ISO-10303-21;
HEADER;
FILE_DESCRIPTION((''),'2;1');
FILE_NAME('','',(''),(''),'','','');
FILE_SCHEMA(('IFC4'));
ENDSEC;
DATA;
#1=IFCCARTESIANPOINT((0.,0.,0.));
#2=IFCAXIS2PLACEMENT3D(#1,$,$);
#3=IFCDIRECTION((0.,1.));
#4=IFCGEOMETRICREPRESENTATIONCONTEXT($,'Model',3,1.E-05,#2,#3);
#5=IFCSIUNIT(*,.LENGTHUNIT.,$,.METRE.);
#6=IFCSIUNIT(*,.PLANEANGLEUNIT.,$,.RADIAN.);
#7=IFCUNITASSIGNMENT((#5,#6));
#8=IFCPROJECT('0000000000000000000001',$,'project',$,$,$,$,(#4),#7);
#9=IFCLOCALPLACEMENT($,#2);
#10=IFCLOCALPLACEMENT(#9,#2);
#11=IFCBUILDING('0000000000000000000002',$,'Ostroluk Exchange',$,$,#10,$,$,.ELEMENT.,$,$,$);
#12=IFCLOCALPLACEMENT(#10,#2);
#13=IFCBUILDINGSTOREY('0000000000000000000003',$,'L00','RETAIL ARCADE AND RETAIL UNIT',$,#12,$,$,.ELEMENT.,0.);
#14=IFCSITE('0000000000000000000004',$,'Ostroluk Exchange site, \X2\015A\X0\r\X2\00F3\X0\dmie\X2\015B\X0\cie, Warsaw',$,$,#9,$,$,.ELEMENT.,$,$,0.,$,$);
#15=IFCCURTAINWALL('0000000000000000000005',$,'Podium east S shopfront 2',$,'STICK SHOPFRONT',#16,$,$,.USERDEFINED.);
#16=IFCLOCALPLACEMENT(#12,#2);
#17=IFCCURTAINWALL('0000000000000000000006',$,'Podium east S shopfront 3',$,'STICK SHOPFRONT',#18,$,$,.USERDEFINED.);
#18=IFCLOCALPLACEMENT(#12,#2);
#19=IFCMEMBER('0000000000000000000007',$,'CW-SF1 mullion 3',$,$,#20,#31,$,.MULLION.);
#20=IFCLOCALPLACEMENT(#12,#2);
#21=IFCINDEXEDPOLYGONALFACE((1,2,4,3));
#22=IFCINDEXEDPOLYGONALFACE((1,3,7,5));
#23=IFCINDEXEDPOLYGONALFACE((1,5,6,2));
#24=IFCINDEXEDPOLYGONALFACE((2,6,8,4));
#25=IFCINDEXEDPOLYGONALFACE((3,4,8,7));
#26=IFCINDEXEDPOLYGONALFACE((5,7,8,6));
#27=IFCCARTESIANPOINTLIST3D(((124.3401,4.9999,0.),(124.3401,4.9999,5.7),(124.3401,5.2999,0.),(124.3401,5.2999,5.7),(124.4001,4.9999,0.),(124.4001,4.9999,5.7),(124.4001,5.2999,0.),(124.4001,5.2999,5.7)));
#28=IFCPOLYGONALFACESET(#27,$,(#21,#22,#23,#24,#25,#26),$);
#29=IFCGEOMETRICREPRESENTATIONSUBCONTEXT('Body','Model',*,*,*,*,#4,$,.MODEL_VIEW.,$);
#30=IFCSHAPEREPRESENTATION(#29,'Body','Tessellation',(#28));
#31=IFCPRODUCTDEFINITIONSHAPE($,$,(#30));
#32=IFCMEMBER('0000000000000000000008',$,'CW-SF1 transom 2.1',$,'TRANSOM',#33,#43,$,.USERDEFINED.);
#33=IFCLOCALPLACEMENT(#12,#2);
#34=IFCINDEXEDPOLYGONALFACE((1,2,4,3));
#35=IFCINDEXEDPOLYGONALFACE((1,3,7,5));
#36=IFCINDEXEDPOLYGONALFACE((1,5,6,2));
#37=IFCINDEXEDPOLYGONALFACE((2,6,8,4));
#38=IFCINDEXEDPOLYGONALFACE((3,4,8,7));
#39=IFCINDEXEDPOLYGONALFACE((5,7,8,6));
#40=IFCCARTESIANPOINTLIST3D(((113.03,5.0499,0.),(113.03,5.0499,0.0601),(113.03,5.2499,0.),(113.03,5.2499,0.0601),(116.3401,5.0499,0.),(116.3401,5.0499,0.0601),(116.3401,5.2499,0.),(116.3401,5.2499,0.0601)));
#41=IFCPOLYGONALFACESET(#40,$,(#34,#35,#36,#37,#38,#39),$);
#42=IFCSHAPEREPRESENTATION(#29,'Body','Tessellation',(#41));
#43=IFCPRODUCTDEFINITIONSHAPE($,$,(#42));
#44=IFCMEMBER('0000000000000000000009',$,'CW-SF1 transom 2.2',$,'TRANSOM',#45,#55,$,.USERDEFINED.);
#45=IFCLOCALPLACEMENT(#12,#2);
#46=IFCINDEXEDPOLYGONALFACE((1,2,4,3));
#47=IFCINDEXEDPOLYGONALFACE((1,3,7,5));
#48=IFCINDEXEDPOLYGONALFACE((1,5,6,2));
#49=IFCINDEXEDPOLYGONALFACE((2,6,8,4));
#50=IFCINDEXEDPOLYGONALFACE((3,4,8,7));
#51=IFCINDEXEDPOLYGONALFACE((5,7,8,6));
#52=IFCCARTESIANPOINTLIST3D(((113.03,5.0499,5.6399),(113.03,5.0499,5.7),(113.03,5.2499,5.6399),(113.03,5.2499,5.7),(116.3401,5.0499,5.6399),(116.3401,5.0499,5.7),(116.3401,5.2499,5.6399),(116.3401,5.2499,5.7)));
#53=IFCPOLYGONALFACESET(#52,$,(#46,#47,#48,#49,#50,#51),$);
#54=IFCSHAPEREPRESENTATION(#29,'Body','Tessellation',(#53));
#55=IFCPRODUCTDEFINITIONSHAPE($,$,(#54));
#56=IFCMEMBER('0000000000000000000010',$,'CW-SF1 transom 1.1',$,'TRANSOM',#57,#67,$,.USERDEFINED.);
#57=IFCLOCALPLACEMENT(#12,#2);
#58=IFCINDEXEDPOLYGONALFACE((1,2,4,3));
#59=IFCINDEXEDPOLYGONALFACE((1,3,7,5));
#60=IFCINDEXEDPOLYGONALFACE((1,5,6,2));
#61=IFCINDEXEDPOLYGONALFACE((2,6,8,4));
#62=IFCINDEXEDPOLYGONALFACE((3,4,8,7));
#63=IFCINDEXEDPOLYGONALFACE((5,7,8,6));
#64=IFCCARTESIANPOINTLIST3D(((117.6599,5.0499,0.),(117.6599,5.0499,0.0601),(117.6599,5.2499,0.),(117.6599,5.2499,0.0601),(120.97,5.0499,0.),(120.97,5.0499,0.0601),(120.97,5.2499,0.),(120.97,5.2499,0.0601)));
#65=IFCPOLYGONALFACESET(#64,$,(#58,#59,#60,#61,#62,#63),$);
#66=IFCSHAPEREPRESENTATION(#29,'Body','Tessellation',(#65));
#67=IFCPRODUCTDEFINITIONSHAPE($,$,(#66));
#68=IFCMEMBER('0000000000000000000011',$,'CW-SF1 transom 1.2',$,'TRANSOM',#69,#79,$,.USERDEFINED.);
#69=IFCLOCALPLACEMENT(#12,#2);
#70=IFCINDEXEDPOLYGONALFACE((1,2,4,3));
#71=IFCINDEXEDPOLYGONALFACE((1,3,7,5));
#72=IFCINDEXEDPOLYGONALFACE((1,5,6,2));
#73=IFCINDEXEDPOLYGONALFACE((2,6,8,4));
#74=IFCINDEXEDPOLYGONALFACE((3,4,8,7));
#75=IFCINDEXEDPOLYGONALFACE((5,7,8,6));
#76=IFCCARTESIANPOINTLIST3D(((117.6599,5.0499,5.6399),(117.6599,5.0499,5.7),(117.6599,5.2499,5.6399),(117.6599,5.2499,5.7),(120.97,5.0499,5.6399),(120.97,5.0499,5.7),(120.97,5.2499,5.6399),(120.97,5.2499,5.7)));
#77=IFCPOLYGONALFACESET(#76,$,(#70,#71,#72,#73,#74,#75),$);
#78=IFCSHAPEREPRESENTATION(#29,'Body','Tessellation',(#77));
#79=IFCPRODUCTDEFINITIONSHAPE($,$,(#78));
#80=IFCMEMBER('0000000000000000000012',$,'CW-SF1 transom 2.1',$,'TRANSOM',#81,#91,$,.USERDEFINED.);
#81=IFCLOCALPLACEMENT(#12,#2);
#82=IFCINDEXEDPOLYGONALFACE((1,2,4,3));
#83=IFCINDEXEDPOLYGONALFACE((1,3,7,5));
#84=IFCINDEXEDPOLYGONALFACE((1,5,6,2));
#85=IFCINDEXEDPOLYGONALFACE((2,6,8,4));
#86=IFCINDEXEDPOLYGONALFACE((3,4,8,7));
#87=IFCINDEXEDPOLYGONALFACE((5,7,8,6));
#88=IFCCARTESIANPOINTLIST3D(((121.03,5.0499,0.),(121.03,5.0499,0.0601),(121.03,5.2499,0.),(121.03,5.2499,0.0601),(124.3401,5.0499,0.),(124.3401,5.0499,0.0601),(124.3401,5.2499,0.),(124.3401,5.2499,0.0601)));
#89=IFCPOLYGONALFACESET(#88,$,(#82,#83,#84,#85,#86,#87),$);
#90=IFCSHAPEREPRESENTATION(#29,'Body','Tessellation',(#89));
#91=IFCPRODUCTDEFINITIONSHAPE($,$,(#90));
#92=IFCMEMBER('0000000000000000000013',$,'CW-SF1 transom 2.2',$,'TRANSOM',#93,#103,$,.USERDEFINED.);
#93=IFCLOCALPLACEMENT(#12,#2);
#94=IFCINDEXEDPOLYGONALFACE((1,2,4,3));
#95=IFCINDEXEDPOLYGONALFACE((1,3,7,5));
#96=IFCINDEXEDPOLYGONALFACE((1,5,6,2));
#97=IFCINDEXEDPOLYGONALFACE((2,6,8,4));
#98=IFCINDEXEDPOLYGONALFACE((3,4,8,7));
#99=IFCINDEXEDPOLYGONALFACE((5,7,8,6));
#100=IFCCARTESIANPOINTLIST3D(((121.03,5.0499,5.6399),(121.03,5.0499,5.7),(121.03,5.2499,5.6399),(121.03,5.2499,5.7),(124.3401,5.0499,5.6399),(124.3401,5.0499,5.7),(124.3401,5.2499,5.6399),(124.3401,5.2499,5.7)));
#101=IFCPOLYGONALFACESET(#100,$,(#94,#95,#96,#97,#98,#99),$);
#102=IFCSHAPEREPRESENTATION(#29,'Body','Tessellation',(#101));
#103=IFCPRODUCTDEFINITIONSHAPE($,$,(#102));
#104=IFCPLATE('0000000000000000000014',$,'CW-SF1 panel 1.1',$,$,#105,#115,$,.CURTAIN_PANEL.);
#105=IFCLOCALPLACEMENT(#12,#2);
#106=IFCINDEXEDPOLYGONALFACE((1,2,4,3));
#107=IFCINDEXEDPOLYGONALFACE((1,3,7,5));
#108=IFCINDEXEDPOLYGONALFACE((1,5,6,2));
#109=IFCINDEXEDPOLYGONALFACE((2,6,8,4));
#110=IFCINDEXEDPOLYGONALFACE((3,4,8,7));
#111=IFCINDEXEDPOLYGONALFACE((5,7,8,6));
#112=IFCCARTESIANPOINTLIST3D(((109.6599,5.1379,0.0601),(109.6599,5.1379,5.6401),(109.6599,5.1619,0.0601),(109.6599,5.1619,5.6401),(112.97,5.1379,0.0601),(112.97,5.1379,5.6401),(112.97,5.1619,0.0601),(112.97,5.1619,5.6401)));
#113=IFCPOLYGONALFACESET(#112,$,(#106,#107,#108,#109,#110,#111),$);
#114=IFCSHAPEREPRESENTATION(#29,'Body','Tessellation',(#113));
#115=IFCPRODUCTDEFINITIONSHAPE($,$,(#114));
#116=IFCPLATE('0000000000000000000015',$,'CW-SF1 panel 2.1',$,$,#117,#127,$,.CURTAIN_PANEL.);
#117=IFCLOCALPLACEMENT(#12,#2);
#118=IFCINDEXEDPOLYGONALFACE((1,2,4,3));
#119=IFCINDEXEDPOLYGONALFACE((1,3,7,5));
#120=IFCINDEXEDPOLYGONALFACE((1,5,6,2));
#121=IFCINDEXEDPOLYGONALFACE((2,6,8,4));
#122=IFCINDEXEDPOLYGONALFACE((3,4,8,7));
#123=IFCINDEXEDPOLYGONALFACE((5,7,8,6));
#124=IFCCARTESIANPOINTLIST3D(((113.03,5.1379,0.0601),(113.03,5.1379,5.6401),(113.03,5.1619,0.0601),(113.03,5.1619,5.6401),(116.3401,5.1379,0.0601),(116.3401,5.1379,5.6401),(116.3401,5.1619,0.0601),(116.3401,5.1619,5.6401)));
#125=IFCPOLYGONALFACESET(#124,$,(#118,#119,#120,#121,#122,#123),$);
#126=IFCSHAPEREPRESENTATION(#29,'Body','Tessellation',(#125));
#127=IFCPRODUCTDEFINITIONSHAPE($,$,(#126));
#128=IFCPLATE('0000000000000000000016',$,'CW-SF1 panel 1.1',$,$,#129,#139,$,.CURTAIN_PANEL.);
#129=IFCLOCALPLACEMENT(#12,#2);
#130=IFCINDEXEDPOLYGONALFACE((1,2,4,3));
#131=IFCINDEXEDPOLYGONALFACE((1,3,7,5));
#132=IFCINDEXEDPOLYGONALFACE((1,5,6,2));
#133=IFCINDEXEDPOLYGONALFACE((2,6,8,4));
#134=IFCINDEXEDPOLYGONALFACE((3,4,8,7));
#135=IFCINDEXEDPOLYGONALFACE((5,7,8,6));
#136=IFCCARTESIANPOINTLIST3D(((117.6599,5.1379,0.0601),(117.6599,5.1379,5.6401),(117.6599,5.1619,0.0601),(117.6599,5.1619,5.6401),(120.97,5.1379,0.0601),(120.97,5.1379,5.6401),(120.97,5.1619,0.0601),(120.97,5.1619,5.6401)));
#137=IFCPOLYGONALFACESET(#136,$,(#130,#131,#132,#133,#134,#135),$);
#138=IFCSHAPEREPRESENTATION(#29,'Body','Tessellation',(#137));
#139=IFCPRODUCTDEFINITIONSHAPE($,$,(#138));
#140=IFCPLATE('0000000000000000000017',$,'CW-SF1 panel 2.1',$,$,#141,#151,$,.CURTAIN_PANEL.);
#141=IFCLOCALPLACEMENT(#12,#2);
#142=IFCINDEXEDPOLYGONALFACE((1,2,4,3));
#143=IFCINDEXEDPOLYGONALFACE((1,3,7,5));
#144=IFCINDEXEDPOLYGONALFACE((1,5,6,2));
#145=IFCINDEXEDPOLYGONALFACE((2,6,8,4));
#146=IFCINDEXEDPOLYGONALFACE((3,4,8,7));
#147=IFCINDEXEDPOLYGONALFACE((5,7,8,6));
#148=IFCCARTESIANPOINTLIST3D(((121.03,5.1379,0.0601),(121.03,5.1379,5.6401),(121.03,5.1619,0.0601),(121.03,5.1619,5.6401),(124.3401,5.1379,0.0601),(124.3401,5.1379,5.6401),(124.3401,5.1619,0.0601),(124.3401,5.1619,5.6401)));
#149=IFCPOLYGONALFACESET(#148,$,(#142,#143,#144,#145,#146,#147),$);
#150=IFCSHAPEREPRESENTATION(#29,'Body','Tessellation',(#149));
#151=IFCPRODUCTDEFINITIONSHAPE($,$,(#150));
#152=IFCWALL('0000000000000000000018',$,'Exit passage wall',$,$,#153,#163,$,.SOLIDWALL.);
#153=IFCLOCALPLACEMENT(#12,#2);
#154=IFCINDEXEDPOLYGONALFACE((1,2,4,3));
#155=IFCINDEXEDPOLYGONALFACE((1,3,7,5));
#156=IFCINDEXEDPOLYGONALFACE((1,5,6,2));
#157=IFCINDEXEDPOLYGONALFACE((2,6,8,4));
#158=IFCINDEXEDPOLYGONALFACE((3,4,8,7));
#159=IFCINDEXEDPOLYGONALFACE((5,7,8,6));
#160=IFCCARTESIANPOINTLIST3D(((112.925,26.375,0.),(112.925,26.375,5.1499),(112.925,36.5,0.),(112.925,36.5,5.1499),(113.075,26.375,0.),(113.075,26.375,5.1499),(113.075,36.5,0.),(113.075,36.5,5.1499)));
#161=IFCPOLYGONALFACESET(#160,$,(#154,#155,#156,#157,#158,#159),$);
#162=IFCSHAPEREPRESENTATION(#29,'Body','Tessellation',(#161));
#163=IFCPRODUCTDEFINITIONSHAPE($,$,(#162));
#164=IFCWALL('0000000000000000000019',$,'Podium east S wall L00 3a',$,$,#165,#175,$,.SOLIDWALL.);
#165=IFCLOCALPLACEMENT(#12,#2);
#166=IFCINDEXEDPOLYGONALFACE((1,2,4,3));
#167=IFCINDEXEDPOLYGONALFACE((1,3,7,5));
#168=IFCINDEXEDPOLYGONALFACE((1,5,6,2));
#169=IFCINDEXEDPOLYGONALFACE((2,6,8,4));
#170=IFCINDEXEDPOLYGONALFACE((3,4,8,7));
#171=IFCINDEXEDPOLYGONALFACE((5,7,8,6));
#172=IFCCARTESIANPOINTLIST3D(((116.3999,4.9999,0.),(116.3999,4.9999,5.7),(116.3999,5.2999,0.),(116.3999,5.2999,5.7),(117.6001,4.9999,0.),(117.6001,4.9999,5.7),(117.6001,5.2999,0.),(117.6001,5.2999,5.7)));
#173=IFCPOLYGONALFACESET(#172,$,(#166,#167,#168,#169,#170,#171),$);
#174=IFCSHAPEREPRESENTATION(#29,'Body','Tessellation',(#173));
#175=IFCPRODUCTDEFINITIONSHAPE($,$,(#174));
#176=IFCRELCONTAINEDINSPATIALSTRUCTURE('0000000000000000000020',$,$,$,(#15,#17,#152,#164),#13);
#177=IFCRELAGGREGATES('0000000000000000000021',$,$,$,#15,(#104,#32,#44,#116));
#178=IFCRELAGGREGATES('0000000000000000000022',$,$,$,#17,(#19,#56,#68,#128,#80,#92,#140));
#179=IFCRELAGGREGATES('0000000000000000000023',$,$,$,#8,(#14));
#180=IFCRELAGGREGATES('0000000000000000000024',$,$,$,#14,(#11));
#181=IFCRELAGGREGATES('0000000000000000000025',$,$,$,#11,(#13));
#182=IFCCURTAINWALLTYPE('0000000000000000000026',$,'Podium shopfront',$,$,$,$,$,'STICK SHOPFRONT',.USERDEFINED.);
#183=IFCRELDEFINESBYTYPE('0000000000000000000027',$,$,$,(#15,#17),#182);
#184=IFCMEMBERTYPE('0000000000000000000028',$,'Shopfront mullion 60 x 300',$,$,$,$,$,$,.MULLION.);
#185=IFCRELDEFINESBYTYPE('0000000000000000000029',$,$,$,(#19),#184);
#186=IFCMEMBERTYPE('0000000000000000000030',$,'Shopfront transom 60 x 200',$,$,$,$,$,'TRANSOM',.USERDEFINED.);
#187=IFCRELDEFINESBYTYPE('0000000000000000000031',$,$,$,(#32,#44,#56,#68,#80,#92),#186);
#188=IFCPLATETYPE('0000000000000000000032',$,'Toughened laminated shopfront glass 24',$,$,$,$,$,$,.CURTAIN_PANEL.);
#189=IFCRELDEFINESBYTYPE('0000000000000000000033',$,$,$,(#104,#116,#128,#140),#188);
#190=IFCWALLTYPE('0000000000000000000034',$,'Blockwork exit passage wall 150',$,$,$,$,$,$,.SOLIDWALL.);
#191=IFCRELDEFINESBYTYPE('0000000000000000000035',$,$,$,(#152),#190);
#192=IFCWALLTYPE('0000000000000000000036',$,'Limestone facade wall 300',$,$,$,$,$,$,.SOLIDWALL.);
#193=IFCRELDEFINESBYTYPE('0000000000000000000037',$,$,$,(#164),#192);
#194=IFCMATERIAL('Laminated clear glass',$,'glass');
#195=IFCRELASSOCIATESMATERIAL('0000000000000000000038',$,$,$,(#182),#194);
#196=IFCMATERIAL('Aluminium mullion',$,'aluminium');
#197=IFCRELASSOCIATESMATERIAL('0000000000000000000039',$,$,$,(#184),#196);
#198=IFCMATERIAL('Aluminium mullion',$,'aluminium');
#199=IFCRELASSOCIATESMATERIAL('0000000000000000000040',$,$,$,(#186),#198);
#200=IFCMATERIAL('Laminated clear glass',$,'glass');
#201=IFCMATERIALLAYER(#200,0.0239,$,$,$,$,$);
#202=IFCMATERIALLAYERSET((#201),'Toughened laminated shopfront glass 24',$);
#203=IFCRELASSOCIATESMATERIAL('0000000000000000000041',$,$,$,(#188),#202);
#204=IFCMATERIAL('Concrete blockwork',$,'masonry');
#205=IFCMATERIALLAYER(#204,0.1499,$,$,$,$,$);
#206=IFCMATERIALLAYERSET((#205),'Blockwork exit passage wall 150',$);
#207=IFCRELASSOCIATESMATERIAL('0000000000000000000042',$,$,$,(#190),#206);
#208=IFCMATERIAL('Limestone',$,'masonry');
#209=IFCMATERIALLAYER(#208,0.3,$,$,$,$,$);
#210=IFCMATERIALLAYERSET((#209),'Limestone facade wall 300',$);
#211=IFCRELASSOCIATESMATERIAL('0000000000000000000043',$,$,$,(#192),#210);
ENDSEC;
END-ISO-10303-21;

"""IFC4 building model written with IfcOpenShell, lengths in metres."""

from ifc_helpers import new_model, si_unit, direction, frame, frame_2d, origin, origin_2d, place, context, subcontext, project, spatial, rectangle, extrude, material, layer, layer_set, material_profile, profile_set, type_object, element, aggregate, save


model = new_model("IFC4")

# Units and contexts
model_context = context("Model", 3, precision=1e-05, world=origin(), true_north=direction((0.0, 1.0)))
body_context = subcontext(model_context, "Body", "Model", "MODEL_VIEW")
ifc_project = project(units=[si_unit("LENGTHUNIT", "METRE"), si_unit("PLANEANGLEUNIT", "RADIAN")], contexts=[model_context])

# Site, building, storey
site_placement = place(None, origin())
site = spatial("IfcSite", under=ifc_project, at=site_placement, Name="Ostroluk Exchange site, Śródmieście, Warsaw", CompositionType="ELEMENT", RefElevation=0.0)
building_placement = place(site_placement, origin())
building = spatial("IfcBuilding", under=site, at=building_placement, Name="Ostroluk Exchange", CompositionType="ELEMENT")
storey_placement = place(building_placement, origin())
storey = spatial("IfcBuildingStorey", under=building, at=storey_placement, Name="L00", Description="RETAIL ARCADE AND RETAIL UNIT", CompositionType="ELEMENT", Elevation=0.0)

# Curtain walls, member
ifc_material_1 = material(Name="Laminated clear glass", Category="glass")
curtain_wall_type = type_object("IfcCurtainWallType", Name="Podium shopfront", ElementType="STICK SHOPFRONT", PredefinedType="USERDEFINED", material=ifc_material_1)
curtain_wall_1_placement = place(storey_placement, origin())
curtain_wall_1 = element("IfcCurtainWall", 1, at=curtain_wall_1_placement, inside=storey, type_object=curtain_wall_type, Name="Podium east S shopfront 2", ObjectType="STICK SHOPFRONT", PredefinedType="USERDEFINED")
ifc_material_2 = material(Name="Aluminium mullion", Category="aluminium")
ifc_material_profile_1 = material_profile(ifc_material_2, rectangle(XDim=0.3, YDim=0.0601, at=origin_2d()), Name="Shopfront mullion 60 x 300")
ifc_profile_set_1 = profile_set([ifc_material_profile_1], Name="Aluminium mullion")
member_type_1 = type_object("IfcMemberType", Name="Shopfront mullion 60 x 300", PredefinedType="MULLION", material=ifc_profile_set_1)
curtain_wall_2_placement = place(storey_placement, origin())
curtain_wall_2 = element("IfcCurtainWall", 2, at=curtain_wall_2_placement, inside=storey, type_object=curtain_wall_type, Name="Podium east S shopfront 3", ObjectType="STICK SHOPFRONT", PredefinedType="USERDEFINED")
member_1_placement = place(storey_placement, frame((124.3701, 5.1499, 0.0), z_axis=(0.0, 0.0, 1.0), x_axis=(0.0, 1.0, 0.0)))
member_1 = element("IfcMember", 3, at=member_1_placement, type_object=member_type_1, Name="CW-SF1 mullion 3", PredefinedType="MULLION", context=body_context, shape_type="SweptSolid", body=[
    extrude(rectangle(XDim=0.3, YDim=0.0601, at=origin_2d()), origin(), (0.0, 0.0, 1.0), 5.7),
])

# Members
ifc_material_3 = material(Name="Aluminium mullion", Category="aluminium")
ifc_material_profile_2 = material_profile(ifc_material_3, rectangle(XDim=0.2, YDim=0.0601, at=origin_2d()), Name="Shopfront transom 60 x 200")
ifc_profile_set_2 = profile_set([ifc_material_profile_2], Name="Aluminium mullion")
member_type_2 = type_object("IfcMemberType", Name="Shopfront transom 60 x 200", ElementType="TRANSOM", PredefinedType="USERDEFINED", material=ifc_profile_set_2)
member_2_placement = place(storey_placement, frame((113.03, 5.1499, 0.03), z_axis=(1.0, 0.0, 0.0), x_axis=(0.0, 1.0, 0.0)))
member_2 = element("IfcMember", 4, at=member_2_placement, type_object=member_type_2, Name="CW-SF1 transom 2.1", ObjectType="TRANSOM", PredefinedType="USERDEFINED", context=body_context, shape_type="SweptSolid", body=[
    extrude(rectangle(XDim=0.2, YDim=0.0601, at=origin_2d()), origin(), (0.0, 0.0, 1.0), 3.3101),
])
member_3_placement = place(storey_placement, frame((113.03, 5.1499, 5.6699), z_axis=(1.0, 0.0, 0.0), x_axis=(0.0, 1.0, 0.0)))
member_3 = element("IfcMember", 5, at=member_3_placement, type_object=member_type_2, Name="CW-SF1 transom 2.2", ObjectType="TRANSOM", PredefinedType="USERDEFINED", context=body_context, shape_type="SweptSolid", body=[
    extrude(rectangle(XDim=0.2, YDim=0.0601, at=origin_2d()), origin(), (0.0, 0.0, 1.0), 3.3101),
])
member_4_placement = place(storey_placement, frame((117.6599, 5.1499, 0.03), z_axis=(1.0, 0.0, 0.0), x_axis=(0.0, 1.0, 0.0)))
member_4 = element("IfcMember", 6, at=member_4_placement, type_object=member_type_2, Name="CW-SF1 transom 1.1", ObjectType="TRANSOM", PredefinedType="USERDEFINED", context=body_context, shape_type="SweptSolid", body=[
    extrude(rectangle(XDim=0.2, YDim=0.0601, at=origin_2d()), origin(), (0.0, 0.0, 1.0), 3.3101),
])
member_5_placement = place(storey_placement, frame((117.6599, 5.1499, 5.6699), z_axis=(1.0, 0.0, 0.0), x_axis=(0.0, 1.0, 0.0)))
member_5 = element("IfcMember", 7, at=member_5_placement, type_object=member_type_2, Name="CW-SF1 transom 1.2", ObjectType="TRANSOM", PredefinedType="USERDEFINED", context=body_context, shape_type="SweptSolid", body=[
    extrude(rectangle(XDim=0.2, YDim=0.0601, at=origin_2d()), origin(), (0.0, 0.0, 1.0), 3.3101),
])
member_6_placement = place(storey_placement, frame((121.03, 5.1499, 0.03), z_axis=(1.0, 0.0, 0.0), x_axis=(0.0, 1.0, 0.0)))
member_6 = element("IfcMember", 8, at=member_6_placement, type_object=member_type_2, Name="CW-SF1 transom 2.1", ObjectType="TRANSOM", PredefinedType="USERDEFINED", context=body_context, shape_type="SweptSolid", body=[
    extrude(rectangle(XDim=0.2, YDim=0.0601, at=origin_2d()), origin(), (0.0, 0.0, 1.0), 3.3101),
])
member_7_placement = place(storey_placement, frame((121.03, 5.1499, 5.6699), z_axis=(1.0, 0.0, 0.0), x_axis=(0.0, 1.0, 0.0)))
member_7 = element("IfcMember", 9, at=member_7_placement, type_object=member_type_2, Name="CW-SF1 transom 2.2", ObjectType="TRANSOM", PredefinedType="USERDEFINED", context=body_context, shape_type="SweptSolid", body=[
    extrude(rectangle(XDim=0.2, YDim=0.0601, at=origin_2d()), origin(), (0.0, 0.0, 1.0), 3.3101),
])

# Plates
ifc_material_4 = material(Name="Laminated clear glass", Category="glass")
ifc_layer_1 = layer(ifc_material_4, 0.0239)
ifc_layer_set_1 = layer_set([ifc_layer_1], Name="Toughened laminated shopfront glass 24")
plate_type = type_object("IfcPlateType", Name="Toughened laminated shopfront glass 24", PredefinedType="CURTAIN_PANEL", material=ifc_layer_set_1)
plate_1_placement = place(storey_placement, frame((111.3149, 5.1499, 0.0601), z_axis=(0.0, 0.0, 1.0), x_axis=(1.0, 0.0, 0.0)))
plate_1 = element("IfcPlate", 10, at=plate_1_placement, type_object=plate_type, Name="CW-SF1 panel 1.1", PredefinedType="CURTAIN_PANEL", context=body_context, shape_type="SweptSolid", body=[
    extrude(rectangle(XDim=3.3101, YDim=0.0239, at=origin_2d()), origin(), (0.0, 0.0, 1.0), 5.5801),
])
plate_2_placement = place(storey_placement, frame((114.6851, 5.1499, 0.0601), z_axis=(0.0, 0.0, 1.0), x_axis=(1.0, 0.0, 0.0)))
plate_2 = element("IfcPlate", 11, at=plate_2_placement, type_object=plate_type, Name="CW-SF1 panel 2.1", PredefinedType="CURTAIN_PANEL", context=body_context, shape_type="SweptSolid", body=[
    extrude(rectangle(XDim=3.3101, YDim=0.0239, at=origin_2d()), origin(), (0.0, 0.0, 1.0), 5.5801),
])
aggregate(curtain_wall_1, [plate_1, member_2, member_3, plate_2])
plate_3_placement = place(storey_placement, frame((119.3149, 5.1499, 0.0601), z_axis=(0.0, 0.0, 1.0), x_axis=(1.0, 0.0, 0.0)))
plate_3 = element("IfcPlate", 12, at=plate_3_placement, type_object=plate_type, Name="CW-SF1 panel 1.1", PredefinedType="CURTAIN_PANEL", context=body_context, shape_type="SweptSolid", body=[
    extrude(rectangle(XDim=3.3101, YDim=0.0239, at=origin_2d()), origin(), (0.0, 0.0, 1.0), 5.5801),
])
plate_4_placement = place(storey_placement, frame((122.6851, 5.1499, 0.0601), z_axis=(0.0, 0.0, 1.0), x_axis=(1.0, 0.0, 0.0)))
plate_4 = element("IfcPlate", 13, at=plate_4_placement, type_object=plate_type, Name="CW-SF1 panel 2.1", PredefinedType="CURTAIN_PANEL", context=body_context, shape_type="SweptSolid", body=[
    extrude(rectangle(XDim=3.3101, YDim=0.0239, at=origin_2d()), origin(), (0.0, 0.0, 1.0), 5.5801),
])
aggregate(curtain_wall_2, [member_1, member_4, member_5, plate_3, member_6, member_7, plate_4])

# Wall
ifc_material_5 = material(Name="Concrete blockwork", Category="masonry")
ifc_layer_2 = layer(ifc_material_5, 0.1499)
ifc_layer_set_2 = layer_set([ifc_layer_2], Name="Blockwork exit passage wall 150")
wall_type_1 = type_object("IfcWallType", Name="Blockwork exit passage wall 150", PredefinedType="SOLIDWALL", material=ifc_layer_set_2)
wall_1_placement = place(storey_placement, frame((113.0, 26.375, 0.0), z_axis=(0.0, 0.0, 1.0), x_axis=(0.0, 1.0, 0.0)))
element("IfcWall", 14, at=wall_1_placement, inside=storey, type_object=wall_type_1, Name="Exit passage wall", PredefinedType="SOLIDWALL", context=body_context, shape_type="SweptSolid", body=[
    extrude(rectangle(XDim=10.125, YDim=0.1499, at=frame_2d((5.0625, 0.0))), origin(), (0.0, 0.0, 1.0), 5.1499),
])

# Wall
ifc_material_6 = material(Name="Limestone", Category="masonry")
ifc_layer_3 = layer(ifc_material_6, 0.3)
ifc_layer_set_3 = layer_set([ifc_layer_3], Name="Limestone facade wall 300")
wall_type_2 = type_object("IfcWallType", Name="Limestone facade wall 300", PredefinedType="SOLIDWALL", material=ifc_layer_set_3)
wall_2_placement = place(storey_placement, frame((116.3999, 5.1499, 0.0), z_axis=(0.0, 0.0, 1.0), x_axis=(1.0, 0.0, 0.0)))
element("IfcWall", 15, at=wall_2_placement, inside=storey, type_object=wall_type_2, Name="Podium east S wall L00 3a", PredefinedType="SOLIDWALL", context=body_context, shape_type="SweptSolid", body=[
    extrude(rectangle(XDim=1.2002, YDim=0.3, at=frame_2d((0.6001, 0.0))), origin(), (0.0, 0.0, 1.0), 5.7),
])

save(model, "model.ifc")
